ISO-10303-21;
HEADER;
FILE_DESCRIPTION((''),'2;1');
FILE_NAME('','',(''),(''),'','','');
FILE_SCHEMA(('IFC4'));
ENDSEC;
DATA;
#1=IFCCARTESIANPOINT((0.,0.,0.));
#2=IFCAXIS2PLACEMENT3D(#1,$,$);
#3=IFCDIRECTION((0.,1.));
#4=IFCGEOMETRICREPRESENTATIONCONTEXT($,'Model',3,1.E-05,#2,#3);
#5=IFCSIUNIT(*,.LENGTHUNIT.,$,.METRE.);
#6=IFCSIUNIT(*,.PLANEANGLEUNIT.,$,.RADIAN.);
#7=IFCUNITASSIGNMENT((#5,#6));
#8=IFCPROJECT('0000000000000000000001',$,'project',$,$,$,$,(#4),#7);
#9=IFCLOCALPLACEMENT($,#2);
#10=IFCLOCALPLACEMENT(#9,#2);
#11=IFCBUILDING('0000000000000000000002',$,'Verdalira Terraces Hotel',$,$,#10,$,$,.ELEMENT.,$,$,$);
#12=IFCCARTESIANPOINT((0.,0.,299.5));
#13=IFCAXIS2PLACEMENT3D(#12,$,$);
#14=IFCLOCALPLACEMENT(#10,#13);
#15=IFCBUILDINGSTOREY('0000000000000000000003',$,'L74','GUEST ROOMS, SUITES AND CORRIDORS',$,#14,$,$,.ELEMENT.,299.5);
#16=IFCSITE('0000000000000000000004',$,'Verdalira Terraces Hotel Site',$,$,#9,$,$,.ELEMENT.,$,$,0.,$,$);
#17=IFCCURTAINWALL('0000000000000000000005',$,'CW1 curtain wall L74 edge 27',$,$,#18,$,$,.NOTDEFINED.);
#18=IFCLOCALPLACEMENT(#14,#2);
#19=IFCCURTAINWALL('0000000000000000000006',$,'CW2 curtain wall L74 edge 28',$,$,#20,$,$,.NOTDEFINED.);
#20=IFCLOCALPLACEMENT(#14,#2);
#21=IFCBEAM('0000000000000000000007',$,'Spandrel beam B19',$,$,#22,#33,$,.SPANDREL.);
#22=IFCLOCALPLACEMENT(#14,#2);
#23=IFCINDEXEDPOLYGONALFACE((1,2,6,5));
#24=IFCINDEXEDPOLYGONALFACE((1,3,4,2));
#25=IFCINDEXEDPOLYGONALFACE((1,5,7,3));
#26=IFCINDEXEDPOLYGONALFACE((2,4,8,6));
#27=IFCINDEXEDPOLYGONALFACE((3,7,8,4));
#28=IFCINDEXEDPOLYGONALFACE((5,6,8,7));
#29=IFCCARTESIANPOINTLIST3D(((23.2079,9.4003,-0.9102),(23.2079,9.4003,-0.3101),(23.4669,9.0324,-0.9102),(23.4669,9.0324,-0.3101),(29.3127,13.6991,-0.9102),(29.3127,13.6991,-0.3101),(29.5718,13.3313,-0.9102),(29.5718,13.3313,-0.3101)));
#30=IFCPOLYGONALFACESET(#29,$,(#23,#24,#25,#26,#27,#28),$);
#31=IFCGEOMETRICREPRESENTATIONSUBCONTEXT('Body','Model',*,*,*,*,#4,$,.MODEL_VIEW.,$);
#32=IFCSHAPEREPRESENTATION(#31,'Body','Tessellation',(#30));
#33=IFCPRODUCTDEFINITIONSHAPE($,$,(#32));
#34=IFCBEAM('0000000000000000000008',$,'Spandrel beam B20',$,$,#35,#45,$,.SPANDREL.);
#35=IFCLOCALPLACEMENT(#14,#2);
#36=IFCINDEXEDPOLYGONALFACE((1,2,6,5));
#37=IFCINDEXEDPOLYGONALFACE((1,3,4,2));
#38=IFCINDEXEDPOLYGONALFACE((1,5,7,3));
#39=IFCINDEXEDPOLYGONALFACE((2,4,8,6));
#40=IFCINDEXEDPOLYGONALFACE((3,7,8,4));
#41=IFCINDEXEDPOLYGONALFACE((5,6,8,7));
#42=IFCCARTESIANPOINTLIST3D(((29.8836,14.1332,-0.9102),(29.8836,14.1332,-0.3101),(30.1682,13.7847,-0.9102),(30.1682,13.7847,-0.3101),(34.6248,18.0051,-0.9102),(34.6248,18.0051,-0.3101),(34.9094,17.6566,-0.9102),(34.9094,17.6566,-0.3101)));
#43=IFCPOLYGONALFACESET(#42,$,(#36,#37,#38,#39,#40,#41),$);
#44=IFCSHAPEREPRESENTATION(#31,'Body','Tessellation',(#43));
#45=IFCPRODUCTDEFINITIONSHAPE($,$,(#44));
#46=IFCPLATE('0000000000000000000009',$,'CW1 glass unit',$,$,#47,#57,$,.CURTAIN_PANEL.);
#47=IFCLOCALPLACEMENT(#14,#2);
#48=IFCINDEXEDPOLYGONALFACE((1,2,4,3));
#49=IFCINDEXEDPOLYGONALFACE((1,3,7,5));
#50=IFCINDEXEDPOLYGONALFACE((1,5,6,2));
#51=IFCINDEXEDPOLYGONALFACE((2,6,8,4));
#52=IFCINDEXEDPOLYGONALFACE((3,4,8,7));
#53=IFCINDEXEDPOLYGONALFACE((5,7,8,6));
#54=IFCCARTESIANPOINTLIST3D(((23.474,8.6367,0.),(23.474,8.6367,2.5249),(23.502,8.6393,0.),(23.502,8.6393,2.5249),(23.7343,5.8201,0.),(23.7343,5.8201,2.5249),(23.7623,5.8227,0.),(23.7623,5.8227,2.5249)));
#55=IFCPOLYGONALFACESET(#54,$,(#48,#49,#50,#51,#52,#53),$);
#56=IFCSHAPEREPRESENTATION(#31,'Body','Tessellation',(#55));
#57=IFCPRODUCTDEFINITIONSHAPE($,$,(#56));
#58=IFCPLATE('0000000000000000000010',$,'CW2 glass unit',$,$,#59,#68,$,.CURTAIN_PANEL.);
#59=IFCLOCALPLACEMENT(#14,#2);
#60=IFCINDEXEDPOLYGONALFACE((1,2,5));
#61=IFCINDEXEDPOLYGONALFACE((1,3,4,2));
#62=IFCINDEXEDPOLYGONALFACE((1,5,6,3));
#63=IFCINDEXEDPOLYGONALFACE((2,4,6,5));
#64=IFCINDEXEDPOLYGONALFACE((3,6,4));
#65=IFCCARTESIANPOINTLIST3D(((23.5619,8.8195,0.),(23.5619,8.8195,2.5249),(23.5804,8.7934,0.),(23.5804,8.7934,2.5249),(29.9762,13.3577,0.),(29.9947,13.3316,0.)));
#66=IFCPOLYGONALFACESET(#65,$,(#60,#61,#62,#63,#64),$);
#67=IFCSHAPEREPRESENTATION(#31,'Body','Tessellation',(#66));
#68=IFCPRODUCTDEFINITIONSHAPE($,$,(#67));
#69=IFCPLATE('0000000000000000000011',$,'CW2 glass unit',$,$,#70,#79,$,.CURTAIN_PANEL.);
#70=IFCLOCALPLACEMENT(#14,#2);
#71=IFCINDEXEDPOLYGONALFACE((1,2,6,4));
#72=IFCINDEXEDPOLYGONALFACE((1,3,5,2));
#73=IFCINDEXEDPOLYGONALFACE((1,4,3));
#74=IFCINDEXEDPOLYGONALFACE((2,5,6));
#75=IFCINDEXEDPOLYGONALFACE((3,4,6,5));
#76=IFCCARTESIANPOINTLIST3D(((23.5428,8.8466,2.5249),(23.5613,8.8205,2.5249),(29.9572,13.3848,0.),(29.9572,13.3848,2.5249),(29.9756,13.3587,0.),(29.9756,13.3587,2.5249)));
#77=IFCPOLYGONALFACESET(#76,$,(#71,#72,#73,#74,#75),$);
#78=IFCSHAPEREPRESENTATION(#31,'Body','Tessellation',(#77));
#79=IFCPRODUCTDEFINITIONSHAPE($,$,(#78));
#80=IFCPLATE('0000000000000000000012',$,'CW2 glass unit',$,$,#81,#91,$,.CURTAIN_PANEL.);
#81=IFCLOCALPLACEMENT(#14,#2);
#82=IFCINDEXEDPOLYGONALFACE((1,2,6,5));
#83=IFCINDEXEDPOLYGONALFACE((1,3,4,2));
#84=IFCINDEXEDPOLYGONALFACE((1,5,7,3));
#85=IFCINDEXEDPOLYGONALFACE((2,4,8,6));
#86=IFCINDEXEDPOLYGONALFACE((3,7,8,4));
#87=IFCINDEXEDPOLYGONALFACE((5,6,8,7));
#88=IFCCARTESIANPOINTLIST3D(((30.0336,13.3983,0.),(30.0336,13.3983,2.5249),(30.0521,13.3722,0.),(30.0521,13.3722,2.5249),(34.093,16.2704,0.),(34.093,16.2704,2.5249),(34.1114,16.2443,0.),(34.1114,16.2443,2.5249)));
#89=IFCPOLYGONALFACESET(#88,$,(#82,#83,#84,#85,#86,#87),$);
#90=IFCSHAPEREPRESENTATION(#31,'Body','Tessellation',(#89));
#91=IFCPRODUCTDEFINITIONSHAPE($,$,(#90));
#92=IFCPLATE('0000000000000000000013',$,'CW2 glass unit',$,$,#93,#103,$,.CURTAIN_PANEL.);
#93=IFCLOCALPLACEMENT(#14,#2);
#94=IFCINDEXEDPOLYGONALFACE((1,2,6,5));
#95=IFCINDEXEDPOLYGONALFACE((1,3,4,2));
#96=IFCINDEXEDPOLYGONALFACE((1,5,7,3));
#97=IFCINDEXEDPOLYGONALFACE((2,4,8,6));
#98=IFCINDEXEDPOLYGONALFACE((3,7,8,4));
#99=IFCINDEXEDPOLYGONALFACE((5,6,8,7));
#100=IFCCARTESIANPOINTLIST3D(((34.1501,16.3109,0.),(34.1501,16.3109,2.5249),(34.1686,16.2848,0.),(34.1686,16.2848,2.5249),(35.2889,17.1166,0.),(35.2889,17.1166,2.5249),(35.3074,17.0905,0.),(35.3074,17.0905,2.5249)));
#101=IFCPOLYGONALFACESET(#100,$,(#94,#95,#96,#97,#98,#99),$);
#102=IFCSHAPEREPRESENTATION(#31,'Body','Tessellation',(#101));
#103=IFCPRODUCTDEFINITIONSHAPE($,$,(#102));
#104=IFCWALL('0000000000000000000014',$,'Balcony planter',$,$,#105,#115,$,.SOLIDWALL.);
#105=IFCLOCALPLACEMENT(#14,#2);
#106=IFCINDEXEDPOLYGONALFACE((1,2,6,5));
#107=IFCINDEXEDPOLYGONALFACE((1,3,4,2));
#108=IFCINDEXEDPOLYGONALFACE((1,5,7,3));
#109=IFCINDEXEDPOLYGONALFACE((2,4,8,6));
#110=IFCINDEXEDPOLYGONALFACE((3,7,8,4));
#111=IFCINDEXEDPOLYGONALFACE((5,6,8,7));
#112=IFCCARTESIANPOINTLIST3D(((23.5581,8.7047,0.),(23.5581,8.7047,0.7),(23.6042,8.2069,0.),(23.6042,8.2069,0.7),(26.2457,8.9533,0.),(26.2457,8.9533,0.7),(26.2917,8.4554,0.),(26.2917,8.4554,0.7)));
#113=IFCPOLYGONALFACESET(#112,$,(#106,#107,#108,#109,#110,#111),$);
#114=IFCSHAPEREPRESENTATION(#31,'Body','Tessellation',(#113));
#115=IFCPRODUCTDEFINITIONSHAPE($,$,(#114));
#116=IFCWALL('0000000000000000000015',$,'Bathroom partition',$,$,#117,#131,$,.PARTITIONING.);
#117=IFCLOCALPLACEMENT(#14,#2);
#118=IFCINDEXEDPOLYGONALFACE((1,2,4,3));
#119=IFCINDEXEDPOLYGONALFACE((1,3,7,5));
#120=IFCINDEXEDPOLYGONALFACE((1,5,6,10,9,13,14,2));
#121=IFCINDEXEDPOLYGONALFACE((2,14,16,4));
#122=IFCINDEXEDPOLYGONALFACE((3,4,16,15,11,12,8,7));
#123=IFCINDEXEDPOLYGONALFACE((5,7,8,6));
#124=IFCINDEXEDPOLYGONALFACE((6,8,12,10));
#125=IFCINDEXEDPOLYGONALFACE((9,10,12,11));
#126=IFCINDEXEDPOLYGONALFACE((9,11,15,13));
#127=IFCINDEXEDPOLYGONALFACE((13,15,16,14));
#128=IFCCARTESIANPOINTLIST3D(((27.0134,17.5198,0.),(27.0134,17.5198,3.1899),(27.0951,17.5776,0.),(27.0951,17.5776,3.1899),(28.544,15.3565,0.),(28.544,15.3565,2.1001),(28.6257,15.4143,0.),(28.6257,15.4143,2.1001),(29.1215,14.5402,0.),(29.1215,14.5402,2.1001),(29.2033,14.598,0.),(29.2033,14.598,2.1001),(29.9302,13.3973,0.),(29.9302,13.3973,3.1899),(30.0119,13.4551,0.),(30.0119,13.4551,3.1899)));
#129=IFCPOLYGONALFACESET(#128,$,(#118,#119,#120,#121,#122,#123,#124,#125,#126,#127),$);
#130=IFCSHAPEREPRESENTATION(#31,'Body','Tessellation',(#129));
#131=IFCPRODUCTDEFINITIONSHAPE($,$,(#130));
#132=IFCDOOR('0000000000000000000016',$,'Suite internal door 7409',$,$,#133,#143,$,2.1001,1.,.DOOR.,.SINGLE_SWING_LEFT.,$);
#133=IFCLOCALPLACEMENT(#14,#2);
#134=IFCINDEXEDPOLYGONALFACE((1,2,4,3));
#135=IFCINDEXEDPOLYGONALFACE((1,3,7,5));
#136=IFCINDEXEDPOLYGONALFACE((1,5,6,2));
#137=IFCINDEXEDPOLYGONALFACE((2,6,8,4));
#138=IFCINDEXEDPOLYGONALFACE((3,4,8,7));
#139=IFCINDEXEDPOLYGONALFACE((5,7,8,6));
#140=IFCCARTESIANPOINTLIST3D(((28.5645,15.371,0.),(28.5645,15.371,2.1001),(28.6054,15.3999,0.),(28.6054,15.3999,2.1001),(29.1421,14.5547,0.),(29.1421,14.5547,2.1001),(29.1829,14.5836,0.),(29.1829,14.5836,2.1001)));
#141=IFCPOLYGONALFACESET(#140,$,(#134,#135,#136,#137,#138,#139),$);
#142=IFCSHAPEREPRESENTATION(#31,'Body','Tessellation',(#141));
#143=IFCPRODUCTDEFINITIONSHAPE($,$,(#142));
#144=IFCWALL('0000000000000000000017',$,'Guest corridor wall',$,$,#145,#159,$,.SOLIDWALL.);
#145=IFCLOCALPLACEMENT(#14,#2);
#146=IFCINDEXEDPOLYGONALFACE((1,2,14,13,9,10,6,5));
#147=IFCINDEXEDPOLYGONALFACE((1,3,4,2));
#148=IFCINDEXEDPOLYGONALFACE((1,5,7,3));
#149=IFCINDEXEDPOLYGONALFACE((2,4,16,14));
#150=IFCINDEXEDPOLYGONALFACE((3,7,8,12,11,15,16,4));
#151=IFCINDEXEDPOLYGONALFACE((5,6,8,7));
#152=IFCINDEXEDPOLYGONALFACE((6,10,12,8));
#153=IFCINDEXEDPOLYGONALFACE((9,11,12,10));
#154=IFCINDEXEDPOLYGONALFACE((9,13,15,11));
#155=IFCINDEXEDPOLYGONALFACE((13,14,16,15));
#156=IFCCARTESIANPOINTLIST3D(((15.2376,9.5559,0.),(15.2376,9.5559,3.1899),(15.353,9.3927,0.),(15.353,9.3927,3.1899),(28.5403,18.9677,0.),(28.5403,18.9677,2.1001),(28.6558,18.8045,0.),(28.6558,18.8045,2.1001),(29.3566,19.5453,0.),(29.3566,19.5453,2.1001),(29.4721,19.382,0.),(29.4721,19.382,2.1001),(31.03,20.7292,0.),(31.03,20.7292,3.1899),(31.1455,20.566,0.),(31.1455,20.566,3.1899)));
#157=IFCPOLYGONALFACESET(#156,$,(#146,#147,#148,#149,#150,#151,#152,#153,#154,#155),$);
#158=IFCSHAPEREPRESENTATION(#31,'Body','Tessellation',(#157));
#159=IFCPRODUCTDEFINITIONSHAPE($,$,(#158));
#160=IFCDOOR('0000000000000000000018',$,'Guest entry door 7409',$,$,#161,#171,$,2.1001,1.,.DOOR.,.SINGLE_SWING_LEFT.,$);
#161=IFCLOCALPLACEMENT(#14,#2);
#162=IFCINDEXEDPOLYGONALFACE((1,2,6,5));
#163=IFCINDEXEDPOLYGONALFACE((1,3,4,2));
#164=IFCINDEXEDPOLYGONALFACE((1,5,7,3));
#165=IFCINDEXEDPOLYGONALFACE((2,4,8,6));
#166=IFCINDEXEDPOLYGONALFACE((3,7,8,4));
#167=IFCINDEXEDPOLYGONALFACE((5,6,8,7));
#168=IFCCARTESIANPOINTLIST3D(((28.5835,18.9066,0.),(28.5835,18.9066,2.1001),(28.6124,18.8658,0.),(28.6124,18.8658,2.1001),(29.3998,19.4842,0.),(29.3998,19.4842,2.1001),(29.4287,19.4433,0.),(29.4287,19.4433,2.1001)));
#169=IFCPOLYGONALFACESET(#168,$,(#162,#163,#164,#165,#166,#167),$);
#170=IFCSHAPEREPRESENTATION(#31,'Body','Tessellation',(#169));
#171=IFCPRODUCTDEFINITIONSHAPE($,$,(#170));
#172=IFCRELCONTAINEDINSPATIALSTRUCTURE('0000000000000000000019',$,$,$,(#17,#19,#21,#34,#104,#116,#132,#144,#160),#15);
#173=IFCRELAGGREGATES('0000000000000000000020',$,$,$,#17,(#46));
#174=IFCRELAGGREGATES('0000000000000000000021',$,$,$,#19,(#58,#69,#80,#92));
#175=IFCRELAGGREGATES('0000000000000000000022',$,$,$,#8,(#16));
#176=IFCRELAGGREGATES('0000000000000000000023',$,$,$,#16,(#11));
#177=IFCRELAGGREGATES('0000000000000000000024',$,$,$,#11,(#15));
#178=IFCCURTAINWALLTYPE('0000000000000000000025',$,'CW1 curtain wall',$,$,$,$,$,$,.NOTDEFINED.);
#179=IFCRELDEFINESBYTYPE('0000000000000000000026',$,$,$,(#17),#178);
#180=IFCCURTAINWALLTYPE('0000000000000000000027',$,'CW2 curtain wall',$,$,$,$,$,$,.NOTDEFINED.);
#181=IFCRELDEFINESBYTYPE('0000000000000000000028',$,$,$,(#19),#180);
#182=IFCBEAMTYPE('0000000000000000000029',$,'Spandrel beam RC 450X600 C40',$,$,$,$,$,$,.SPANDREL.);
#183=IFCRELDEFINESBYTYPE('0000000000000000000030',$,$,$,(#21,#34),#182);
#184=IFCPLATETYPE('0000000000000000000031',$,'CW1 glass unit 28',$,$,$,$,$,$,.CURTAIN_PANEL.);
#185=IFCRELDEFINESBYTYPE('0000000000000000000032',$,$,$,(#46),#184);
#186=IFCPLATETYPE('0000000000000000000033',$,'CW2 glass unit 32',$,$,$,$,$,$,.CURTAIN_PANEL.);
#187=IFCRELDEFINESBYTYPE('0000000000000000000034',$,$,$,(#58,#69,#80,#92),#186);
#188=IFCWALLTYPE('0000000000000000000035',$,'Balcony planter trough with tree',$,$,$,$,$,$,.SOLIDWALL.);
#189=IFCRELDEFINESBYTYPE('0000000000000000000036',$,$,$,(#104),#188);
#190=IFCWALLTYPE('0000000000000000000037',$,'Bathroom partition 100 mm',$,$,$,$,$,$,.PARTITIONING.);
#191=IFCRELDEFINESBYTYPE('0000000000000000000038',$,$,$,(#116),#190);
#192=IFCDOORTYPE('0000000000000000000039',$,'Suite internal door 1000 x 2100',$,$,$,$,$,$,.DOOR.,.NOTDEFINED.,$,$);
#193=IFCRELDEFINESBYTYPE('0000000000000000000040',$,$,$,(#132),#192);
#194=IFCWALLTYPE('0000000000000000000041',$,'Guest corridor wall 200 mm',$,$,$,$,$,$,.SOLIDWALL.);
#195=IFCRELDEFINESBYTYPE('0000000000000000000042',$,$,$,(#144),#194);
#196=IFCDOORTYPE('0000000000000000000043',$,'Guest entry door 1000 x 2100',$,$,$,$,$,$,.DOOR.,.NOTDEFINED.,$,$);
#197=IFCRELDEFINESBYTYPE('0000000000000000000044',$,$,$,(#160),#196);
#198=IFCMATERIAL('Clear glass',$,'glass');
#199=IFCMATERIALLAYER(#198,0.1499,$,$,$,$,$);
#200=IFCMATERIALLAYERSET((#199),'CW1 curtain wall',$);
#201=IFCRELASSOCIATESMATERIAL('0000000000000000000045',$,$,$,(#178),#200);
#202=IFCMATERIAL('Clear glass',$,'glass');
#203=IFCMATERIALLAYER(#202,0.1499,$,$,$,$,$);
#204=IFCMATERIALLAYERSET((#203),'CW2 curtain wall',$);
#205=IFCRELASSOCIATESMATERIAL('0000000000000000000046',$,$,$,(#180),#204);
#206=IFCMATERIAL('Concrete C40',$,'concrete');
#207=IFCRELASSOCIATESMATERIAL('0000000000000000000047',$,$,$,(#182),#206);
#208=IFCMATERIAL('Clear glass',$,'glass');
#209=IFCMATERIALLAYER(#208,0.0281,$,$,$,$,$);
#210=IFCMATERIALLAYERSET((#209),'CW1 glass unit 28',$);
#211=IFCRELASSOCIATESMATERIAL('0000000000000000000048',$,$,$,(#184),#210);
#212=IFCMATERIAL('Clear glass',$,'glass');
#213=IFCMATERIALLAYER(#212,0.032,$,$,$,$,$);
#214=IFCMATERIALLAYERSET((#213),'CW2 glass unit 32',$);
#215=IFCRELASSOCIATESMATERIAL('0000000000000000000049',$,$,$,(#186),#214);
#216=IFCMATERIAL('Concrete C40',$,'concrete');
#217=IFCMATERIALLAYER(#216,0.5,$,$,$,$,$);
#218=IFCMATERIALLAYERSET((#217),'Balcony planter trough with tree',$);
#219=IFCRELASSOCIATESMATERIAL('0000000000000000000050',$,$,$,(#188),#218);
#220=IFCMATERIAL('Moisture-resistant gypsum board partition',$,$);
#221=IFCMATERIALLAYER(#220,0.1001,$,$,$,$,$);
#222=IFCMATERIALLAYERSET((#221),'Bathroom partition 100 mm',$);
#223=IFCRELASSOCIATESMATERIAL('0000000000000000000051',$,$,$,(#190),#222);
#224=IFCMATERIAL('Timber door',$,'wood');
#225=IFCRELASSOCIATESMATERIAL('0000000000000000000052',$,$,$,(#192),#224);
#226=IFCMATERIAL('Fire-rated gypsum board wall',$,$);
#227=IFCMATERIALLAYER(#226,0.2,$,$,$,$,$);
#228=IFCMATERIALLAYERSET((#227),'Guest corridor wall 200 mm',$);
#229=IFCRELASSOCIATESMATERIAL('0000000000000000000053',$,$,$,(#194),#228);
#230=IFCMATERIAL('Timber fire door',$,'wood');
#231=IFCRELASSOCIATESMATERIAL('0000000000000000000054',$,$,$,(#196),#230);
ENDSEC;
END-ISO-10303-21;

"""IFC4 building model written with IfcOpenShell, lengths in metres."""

from ifc_helpers import new_model, si_unit, direction, frame, frame_2d, origin, origin_2d, place, context, subcontext, project, spatial, polyline, rectangle, outline, extrude, material, layer, layer_set, material_profile, profile_set, type_object, element, fill, aggregate, save


model = new_model("IFC4")

# Units and contexts
model_context = context("Model", 3, precision=1e-05, world=origin(), true_north=direction((0.0, 1.0)))
body_context = subcontext(model_context, "Body", "Model", "MODEL_VIEW")
ifc_project = project(units=[si_unit("LENGTHUNIT", "METRE"), si_unit("PLANEANGLEUNIT", "RADIAN")], contexts=[model_context])

# Site, building, storey
site_placement = place(None, origin())
site = spatial("IfcSite", under=ifc_project, at=site_placement, Name="Verdalira Terraces Hotel Site", CompositionType="ELEMENT", RefElevation=0.0)
building_placement = place(site_placement, origin())
building = spatial("IfcBuilding", under=site, at=building_placement, Name="Verdalira Terraces Hotel", CompositionType="ELEMENT")
storey_placement = place(building_placement, frame((0.0, 0.0, 299.5)))
storey = spatial("IfcBuildingStorey", under=building, at=storey_placement, Name="L74", Description="GUEST ROOMS, SUITES AND CORRIDORS", CompositionType="ELEMENT", Elevation=299.5)

# Curtain wall
ifc_material_1 = material(Name="Clear glass", Category="glass")
ifc_layer_1 = layer(ifc_material_1, 0.1499)
ifc_layer_set_1 = layer_set([ifc_layer_1], Name="CW1 curtain wall")
curtain_wall_type_1 = type_object("IfcCurtainWallType", Name="CW1 curtain wall", PredefinedType="NOTDEFINED", material=ifc_layer_set_1)
curtain_wall_1_placement = place(storey_placement, origin())
curtain_wall_1 = element("IfcCurtainWall", 1, at=curtain_wall_1_placement, inside=storey, type_object=curtain_wall_type_1, Name="CW1 curtain wall L74 edge 27", PredefinedType="NOTDEFINED")

# Curtain wall
ifc_material_2 = material(Name="Clear glass", Category="glass")
ifc_layer_2 = layer(ifc_material_2, 0.1499)
ifc_layer_set_2 = layer_set([ifc_layer_2], Name="CW2 curtain wall")
curtain_wall_type_2 = type_object("IfcCurtainWallType", Name="CW2 curtain wall", PredefinedType="NOTDEFINED", material=ifc_layer_set_2)
curtain_wall_2_placement = place(storey_placement, origin())
curtain_wall_2 = element("IfcCurtainWall", 2, at=curtain_wall_2_placement, inside=storey, type_object=curtain_wall_type_2, Name="CW2 curtain wall L74 edge 28", PredefinedType="NOTDEFINED")

# Beams
ifc_material_3 = material(Name="Concrete C40", Category="concrete")
ifc_material_profile_1 = material_profile(ifc_material_3, rectangle(XDim=0.45, YDim=0.6001, at=origin_2d()), Name="RC 450X600")
ifc_profile_set_1 = profile_set([ifc_material_profile_1], Name="Concrete C40")
beam_type_1 = type_object("IfcBeamType", Name="Spandrel beam RC 450X600 C40", PredefinedType="SPANDREL", material=ifc_profile_set_1)
beam_1_placement = place(storey_placement, frame((23.3374, 9.2163, -0.6101), z_axis=(0.817623, 0.575753, 0.0), x_axis=(-0.575753, 0.817623, 0.0)))
element("IfcBeam", 3, at=beam_1_placement, inside=storey, type_object=beam_type_1, Name="Spandrel beam B19", PredefinedType="SPANDREL", context=body_context, shape_type="SweptSolid", body=[
    extrude(rectangle(XDim=0.45, YDim=0.6001, at=origin_2d()), origin(), (0.0, 0.0, 1.0), 7.4666),
])
beam_2_placement = place(storey_placement, frame((30.0259, 13.959, -0.6101), z_axis=(0.774545, 0.632519, 0.0), x_axis=(-0.632519, 0.774545, 0.0)))
element("IfcBeam", 4, at=beam_2_placement, inside=storey, type_object=beam_type_1, Name="Spandrel beam B20", PredefinedType="SPANDREL", context=body_context, shape_type="SweptSolid", body=[
    extrude(rectangle(XDim=0.45, YDim=0.6001, at=origin_2d()), origin(), (0.0, 0.0, 1.0), 6.1213),
])

# Plates
ifc_material_4 = material(Name="Clear glass", Category="glass")
ifc_layer_3 = layer(ifc_material_4, 0.0281)
ifc_layer_set_3 = layer_set([ifc_layer_3], Name="CW1 glass unit 28")
plate_type_1 = type_object("IfcPlateType", Name="CW1 glass unit 28", PredefinedType="CURTAIN_PANEL", material=ifc_layer_set_3)
plate_1_placement = place(storey_placement, frame((23.6182, 7.2297, 0.0), z_axis=(0.0, 0.0, 1.0), x_axis=(-0.092023, 0.995757, 0.0)))
plate_1 = element("IfcPlate", 5, at=plate_1_placement, type_object=plate_type_1, Name="CW1 glass unit", PredefinedType="CURTAIN_PANEL", context=body_context, shape_type="SweptSolid", body=[
    extrude(rectangle(XDim=2.8286, YDim=0.0281, at=origin_2d()), origin(), (0.0, 0.0, 1.0), 2.5249),
])
aggregate(curtain_wall_1, [plate_1])
ifc_material_5 = material(Name="Clear glass", Category="glass")
ifc_layer_4 = layer(ifc_material_5, 0.032)
ifc_layer_set_4 = layer_set([ifc_layer_4], Name="CW2 glass unit 32")
plate_type_2 = type_object("IfcPlateType", Name="CW2 glass unit 32", PredefinedType="CURTAIN_PANEL", material=ifc_layer_set_4)
plate_2_placement = place(storey_placement, frame((26.769, 11.0886, 1.2625), z_axis=(0.577573, -0.816339, 0.0), x_axis=(0.816339, 0.577573, 0.0)))
plate_2 = element("IfcPlate", 6, at=plate_2_placement, type_object=plate_type_2, Name="CW2 glass unit", PredefinedType="CURTAIN_PANEL", context=body_context, shape_type="SweptSolid", body=[
    extrude(outline(polyline([(-3.9287, -1.2625), (3.9287, -1.2625), (-3.9287, 1.2625), (-3.9287, -1.2625)])), origin(), (0.0, 0.0, 1.0), 0.032),
])
plate_3_placement = place(storey_placement, frame((26.75, 11.1157, 1.2625), z_axis=(0.577573, -0.816339, 0.0), x_axis=(0.816339, 0.577573, 0.0)))
plate_3 = element("IfcPlate", 7, at=plate_3_placement, type_object=plate_type_2, Name="CW2 glass unit", PredefinedType="CURTAIN_PANEL", context=body_context, shape_type="SweptSolid", body=[
    extrude(outline(polyline([(3.9287, -1.2625), (3.9287, 1.2625), (-3.9287, 1.2625), (3.9287, -1.2625)])), origin(), (0.0, 0.0, 1.0), 0.032),
])
plate_4_placement = place(storey_placement, frame((32.0725, 14.8213, 0.0), z_axis=(0.0, 0.0, 1.0), x_axis=(0.816339, 0.577573, 0.0)))
plate_4 = element("IfcPlate", 8, at=plate_4_placement, type_object=plate_type_2, Name="CW2 glass unit", PredefinedType="CURTAIN_PANEL", context=body_context, shape_type="SweptSolid", body=[
    extrude(rectangle(XDim=4.9727, YDim=0.032, at=origin_2d()), origin(), (0.0, 0.0, 1.0), 2.5249),
])
plate_5_placement = place(storey_placement, frame((34.7288, 16.7007, 0.0), z_axis=(0.0, 0.0, 1.0), x_axis=(0.816339, 0.577573, 0.0)))
plate_5 = element("IfcPlate", 9, at=plate_5_placement, type_object=plate_type_2, Name="CW2 glass unit", PredefinedType="CURTAIN_PANEL", context=body_context, shape_type="SweptSolid", body=[
    extrude(rectangle(XDim=1.395, YDim=0.032, at=origin_2d()), origin(), (0.0, 0.0, 1.0), 2.5249),
])
aggregate(curtain_wall_2, [plate_2, plate_3, plate_4, plate_5])

# Wall
ifc_material_6 = material(Name="Concrete C40", Category="concrete")
ifc_layer_5 = layer(ifc_material_6, 0.5)
ifc_layer_set_5 = layer_set([ifc_layer_5], Name="Balcony planter trough with tree")
wall_type_1 = type_object("IfcWallType", Name="Balcony planter trough with tree", PredefinedType="SOLIDWALL", material=ifc_layer_set_5)
wall_1_placement = place(storey_placement, frame((26.2688, 8.7043, 0.0), z_axis=(0.0, 0.0, 1.0), x_axis=(-0.995751, -0.092085, 0.0)))
element("IfcWall", 10, at=wall_1_placement, inside=storey, type_object=wall_type_1, Name="Balcony planter", PredefinedType="SOLIDWALL", context=body_context, shape_type="SweptSolid", body=[
    extrude(rectangle(XDim=2.699, YDim=0.5, at=frame_2d((1.3496, 0.0))), origin(), (0.0, 0.0, 1.0), 0.7),
])

# Walls, openings, doors
ifc_material_7 = material(Name="Moisture-resistant gypsum board partition")
ifc_layer_6 = layer(ifc_material_7, 0.1001)
ifc_layer_set_6 = layer_set([ifc_layer_6], Name="Bathroom partition 100 mm")
wall_type_2 = type_object("IfcWallType", Name="Bathroom partition 100 mm", PredefinedType="PARTITIONING", material=ifc_layer_set_6)
wall_2_placement = place(storey_placement, frame((29.9709, 13.4263, 0.0), z_axis=(0.0, 0.0, 1.0), x_axis=(-0.577569, 0.816342, 0.0)))
wall_2 = element("IfcWall", 11, at=wall_2_placement, inside=storey, type_object=wall_type_2, Name="Bathroom partition", PredefinedType="PARTITIONING", context=body_context, shape_type="SweptSolid", body=[
    extrude(rectangle(XDim=5.05, YDim=0.1001, at=frame_2d((2.5249, 0.0))), origin(), (0.0, 0.0, 1.0), 3.1899),
])
opening_1_placement = place(wall_2_placement, frame((1.3999, 0.0, 0.0)))
opening_1 = element("IfcOpeningElement", 12, at=opening_1_placement, cuts=wall_2, PredefinedType="OPENING", context=body_context, shape_type="SweptSolid", body=[
    extrude(rectangle(XDim=1.0, YDim=2.1001, at=frame_2d((0.5, 1.05))), frame((0.0, 0.0601, 0.0), z_axis=(0.0, -1.0, 0.0), x_axis=(1.0, 0.0, 0.0)), (0.0, 0.0, 1.0), 0.1201),
])
ifc_material_8 = material(Name="Timber door", Category="wood")
door_type_1 = type_object("IfcDoorType", Name="Suite internal door 1000 x 2100", OperationType="NOTDEFINED", PredefinedType="DOOR", material=ifc_material_8)
door_1_placement = place(opening_1_placement, origin())
door_1 = element("IfcDoor", 13, at=door_1_placement, inside=storey, type_object=door_type_1, Name="Suite internal door 7409", OperationType="SINGLE_SWING_LEFT", OverallHeight=2.1001, OverallWidth=1.0, PredefinedType="DOOR", context=body_context, shape_type="SweptSolid", body=[
    extrude(rectangle(XDim=1.0, YDim=2.1001, at=frame_2d((0.5, 1.05))), frame((0.0, 0.0249, 0.0), z_axis=(0.0, -1.0, 0.0), x_axis=(1.0, 0.0, 0.0)), (0.0, 0.0, 1.0), 0.05),
])
fill(opening_1, door_1)
ifc_material_9 = material(Name="Fire-rated gypsum board wall")
ifc_layer_7 = layer(ifc_material_9, 0.2)
ifc_layer_set_7 = layer_set([ifc_layer_7], Name="Guest corridor wall 200 mm")
wall_type_3 = type_object("IfcWallType", Name="Guest corridor wall 200 mm", PredefinedType="SOLIDWALL", material=ifc_layer_set_7)
wall_3_placement = place(storey_placement, frame((31.0879, 20.6477, 0.0), z_axis=(0.0, 0.0, 1.0), x_axis=(-0.816341, -0.57757, 0.0)))
wall_3 = element("IfcWall", 14, at=wall_3_placement, inside=storey, type_object=wall_type_3, Name="Guest corridor wall", PredefinedType="SOLIDWALL", context=body_context, shape_type="SweptSolid", body=[
    extrude(rectangle(XDim=19.3455, YDim=0.2, at=frame_2d((9.6729, 0.0))), origin(), (0.0, 0.0, 1.0), 3.1899),
])
opening_2_placement = place(wall_3_placement, frame((2.05, 0.0, 0.0)))
opening_2 = element("IfcOpeningElement", 15, at=opening_2_placement, cuts=wall_3, PredefinedType="OPENING", context=body_context, shape_type="SweptSolid", body=[
    extrude(rectangle(XDim=1.0, YDim=2.1001, at=frame_2d((0.5, 1.05))), frame((0.0, 0.1099, 0.0), z_axis=(0.0, -1.0, 0.0), x_axis=(1.0, 0.0, 0.0)), (0.0, 0.0, 1.0), 0.22),
])
ifc_material_10 = material(Name="Timber fire door", Category="wood")
door_type_2 = type_object("IfcDoorType", Name="Guest entry door 1000 x 2100", OperationType="NOTDEFINED", PredefinedType="DOOR", material=ifc_material_10)
door_2_placement = place(opening_2_placement, origin())
door_2 = element("IfcDoor", 16, at=door_2_placement, inside=storey, type_object=door_type_2, Name="Guest entry door 7409", OperationType="SINGLE_SWING_LEFT", OverallHeight=2.1001, OverallWidth=1.0, PredefinedType="DOOR", context=body_context, shape_type="SweptSolid", body=[
    extrude(rectangle(XDim=1.0, YDim=2.1001, at=frame_2d((0.5, 1.05))), frame((0.0, 0.0249, 0.0), z_axis=(0.0, -1.0, 0.0), x_axis=(1.0, 0.0, 0.0)), (0.0, 0.0, 1.0), 0.05),
])
fill(opening_2, door_2)

save(model, "model.ifc")
